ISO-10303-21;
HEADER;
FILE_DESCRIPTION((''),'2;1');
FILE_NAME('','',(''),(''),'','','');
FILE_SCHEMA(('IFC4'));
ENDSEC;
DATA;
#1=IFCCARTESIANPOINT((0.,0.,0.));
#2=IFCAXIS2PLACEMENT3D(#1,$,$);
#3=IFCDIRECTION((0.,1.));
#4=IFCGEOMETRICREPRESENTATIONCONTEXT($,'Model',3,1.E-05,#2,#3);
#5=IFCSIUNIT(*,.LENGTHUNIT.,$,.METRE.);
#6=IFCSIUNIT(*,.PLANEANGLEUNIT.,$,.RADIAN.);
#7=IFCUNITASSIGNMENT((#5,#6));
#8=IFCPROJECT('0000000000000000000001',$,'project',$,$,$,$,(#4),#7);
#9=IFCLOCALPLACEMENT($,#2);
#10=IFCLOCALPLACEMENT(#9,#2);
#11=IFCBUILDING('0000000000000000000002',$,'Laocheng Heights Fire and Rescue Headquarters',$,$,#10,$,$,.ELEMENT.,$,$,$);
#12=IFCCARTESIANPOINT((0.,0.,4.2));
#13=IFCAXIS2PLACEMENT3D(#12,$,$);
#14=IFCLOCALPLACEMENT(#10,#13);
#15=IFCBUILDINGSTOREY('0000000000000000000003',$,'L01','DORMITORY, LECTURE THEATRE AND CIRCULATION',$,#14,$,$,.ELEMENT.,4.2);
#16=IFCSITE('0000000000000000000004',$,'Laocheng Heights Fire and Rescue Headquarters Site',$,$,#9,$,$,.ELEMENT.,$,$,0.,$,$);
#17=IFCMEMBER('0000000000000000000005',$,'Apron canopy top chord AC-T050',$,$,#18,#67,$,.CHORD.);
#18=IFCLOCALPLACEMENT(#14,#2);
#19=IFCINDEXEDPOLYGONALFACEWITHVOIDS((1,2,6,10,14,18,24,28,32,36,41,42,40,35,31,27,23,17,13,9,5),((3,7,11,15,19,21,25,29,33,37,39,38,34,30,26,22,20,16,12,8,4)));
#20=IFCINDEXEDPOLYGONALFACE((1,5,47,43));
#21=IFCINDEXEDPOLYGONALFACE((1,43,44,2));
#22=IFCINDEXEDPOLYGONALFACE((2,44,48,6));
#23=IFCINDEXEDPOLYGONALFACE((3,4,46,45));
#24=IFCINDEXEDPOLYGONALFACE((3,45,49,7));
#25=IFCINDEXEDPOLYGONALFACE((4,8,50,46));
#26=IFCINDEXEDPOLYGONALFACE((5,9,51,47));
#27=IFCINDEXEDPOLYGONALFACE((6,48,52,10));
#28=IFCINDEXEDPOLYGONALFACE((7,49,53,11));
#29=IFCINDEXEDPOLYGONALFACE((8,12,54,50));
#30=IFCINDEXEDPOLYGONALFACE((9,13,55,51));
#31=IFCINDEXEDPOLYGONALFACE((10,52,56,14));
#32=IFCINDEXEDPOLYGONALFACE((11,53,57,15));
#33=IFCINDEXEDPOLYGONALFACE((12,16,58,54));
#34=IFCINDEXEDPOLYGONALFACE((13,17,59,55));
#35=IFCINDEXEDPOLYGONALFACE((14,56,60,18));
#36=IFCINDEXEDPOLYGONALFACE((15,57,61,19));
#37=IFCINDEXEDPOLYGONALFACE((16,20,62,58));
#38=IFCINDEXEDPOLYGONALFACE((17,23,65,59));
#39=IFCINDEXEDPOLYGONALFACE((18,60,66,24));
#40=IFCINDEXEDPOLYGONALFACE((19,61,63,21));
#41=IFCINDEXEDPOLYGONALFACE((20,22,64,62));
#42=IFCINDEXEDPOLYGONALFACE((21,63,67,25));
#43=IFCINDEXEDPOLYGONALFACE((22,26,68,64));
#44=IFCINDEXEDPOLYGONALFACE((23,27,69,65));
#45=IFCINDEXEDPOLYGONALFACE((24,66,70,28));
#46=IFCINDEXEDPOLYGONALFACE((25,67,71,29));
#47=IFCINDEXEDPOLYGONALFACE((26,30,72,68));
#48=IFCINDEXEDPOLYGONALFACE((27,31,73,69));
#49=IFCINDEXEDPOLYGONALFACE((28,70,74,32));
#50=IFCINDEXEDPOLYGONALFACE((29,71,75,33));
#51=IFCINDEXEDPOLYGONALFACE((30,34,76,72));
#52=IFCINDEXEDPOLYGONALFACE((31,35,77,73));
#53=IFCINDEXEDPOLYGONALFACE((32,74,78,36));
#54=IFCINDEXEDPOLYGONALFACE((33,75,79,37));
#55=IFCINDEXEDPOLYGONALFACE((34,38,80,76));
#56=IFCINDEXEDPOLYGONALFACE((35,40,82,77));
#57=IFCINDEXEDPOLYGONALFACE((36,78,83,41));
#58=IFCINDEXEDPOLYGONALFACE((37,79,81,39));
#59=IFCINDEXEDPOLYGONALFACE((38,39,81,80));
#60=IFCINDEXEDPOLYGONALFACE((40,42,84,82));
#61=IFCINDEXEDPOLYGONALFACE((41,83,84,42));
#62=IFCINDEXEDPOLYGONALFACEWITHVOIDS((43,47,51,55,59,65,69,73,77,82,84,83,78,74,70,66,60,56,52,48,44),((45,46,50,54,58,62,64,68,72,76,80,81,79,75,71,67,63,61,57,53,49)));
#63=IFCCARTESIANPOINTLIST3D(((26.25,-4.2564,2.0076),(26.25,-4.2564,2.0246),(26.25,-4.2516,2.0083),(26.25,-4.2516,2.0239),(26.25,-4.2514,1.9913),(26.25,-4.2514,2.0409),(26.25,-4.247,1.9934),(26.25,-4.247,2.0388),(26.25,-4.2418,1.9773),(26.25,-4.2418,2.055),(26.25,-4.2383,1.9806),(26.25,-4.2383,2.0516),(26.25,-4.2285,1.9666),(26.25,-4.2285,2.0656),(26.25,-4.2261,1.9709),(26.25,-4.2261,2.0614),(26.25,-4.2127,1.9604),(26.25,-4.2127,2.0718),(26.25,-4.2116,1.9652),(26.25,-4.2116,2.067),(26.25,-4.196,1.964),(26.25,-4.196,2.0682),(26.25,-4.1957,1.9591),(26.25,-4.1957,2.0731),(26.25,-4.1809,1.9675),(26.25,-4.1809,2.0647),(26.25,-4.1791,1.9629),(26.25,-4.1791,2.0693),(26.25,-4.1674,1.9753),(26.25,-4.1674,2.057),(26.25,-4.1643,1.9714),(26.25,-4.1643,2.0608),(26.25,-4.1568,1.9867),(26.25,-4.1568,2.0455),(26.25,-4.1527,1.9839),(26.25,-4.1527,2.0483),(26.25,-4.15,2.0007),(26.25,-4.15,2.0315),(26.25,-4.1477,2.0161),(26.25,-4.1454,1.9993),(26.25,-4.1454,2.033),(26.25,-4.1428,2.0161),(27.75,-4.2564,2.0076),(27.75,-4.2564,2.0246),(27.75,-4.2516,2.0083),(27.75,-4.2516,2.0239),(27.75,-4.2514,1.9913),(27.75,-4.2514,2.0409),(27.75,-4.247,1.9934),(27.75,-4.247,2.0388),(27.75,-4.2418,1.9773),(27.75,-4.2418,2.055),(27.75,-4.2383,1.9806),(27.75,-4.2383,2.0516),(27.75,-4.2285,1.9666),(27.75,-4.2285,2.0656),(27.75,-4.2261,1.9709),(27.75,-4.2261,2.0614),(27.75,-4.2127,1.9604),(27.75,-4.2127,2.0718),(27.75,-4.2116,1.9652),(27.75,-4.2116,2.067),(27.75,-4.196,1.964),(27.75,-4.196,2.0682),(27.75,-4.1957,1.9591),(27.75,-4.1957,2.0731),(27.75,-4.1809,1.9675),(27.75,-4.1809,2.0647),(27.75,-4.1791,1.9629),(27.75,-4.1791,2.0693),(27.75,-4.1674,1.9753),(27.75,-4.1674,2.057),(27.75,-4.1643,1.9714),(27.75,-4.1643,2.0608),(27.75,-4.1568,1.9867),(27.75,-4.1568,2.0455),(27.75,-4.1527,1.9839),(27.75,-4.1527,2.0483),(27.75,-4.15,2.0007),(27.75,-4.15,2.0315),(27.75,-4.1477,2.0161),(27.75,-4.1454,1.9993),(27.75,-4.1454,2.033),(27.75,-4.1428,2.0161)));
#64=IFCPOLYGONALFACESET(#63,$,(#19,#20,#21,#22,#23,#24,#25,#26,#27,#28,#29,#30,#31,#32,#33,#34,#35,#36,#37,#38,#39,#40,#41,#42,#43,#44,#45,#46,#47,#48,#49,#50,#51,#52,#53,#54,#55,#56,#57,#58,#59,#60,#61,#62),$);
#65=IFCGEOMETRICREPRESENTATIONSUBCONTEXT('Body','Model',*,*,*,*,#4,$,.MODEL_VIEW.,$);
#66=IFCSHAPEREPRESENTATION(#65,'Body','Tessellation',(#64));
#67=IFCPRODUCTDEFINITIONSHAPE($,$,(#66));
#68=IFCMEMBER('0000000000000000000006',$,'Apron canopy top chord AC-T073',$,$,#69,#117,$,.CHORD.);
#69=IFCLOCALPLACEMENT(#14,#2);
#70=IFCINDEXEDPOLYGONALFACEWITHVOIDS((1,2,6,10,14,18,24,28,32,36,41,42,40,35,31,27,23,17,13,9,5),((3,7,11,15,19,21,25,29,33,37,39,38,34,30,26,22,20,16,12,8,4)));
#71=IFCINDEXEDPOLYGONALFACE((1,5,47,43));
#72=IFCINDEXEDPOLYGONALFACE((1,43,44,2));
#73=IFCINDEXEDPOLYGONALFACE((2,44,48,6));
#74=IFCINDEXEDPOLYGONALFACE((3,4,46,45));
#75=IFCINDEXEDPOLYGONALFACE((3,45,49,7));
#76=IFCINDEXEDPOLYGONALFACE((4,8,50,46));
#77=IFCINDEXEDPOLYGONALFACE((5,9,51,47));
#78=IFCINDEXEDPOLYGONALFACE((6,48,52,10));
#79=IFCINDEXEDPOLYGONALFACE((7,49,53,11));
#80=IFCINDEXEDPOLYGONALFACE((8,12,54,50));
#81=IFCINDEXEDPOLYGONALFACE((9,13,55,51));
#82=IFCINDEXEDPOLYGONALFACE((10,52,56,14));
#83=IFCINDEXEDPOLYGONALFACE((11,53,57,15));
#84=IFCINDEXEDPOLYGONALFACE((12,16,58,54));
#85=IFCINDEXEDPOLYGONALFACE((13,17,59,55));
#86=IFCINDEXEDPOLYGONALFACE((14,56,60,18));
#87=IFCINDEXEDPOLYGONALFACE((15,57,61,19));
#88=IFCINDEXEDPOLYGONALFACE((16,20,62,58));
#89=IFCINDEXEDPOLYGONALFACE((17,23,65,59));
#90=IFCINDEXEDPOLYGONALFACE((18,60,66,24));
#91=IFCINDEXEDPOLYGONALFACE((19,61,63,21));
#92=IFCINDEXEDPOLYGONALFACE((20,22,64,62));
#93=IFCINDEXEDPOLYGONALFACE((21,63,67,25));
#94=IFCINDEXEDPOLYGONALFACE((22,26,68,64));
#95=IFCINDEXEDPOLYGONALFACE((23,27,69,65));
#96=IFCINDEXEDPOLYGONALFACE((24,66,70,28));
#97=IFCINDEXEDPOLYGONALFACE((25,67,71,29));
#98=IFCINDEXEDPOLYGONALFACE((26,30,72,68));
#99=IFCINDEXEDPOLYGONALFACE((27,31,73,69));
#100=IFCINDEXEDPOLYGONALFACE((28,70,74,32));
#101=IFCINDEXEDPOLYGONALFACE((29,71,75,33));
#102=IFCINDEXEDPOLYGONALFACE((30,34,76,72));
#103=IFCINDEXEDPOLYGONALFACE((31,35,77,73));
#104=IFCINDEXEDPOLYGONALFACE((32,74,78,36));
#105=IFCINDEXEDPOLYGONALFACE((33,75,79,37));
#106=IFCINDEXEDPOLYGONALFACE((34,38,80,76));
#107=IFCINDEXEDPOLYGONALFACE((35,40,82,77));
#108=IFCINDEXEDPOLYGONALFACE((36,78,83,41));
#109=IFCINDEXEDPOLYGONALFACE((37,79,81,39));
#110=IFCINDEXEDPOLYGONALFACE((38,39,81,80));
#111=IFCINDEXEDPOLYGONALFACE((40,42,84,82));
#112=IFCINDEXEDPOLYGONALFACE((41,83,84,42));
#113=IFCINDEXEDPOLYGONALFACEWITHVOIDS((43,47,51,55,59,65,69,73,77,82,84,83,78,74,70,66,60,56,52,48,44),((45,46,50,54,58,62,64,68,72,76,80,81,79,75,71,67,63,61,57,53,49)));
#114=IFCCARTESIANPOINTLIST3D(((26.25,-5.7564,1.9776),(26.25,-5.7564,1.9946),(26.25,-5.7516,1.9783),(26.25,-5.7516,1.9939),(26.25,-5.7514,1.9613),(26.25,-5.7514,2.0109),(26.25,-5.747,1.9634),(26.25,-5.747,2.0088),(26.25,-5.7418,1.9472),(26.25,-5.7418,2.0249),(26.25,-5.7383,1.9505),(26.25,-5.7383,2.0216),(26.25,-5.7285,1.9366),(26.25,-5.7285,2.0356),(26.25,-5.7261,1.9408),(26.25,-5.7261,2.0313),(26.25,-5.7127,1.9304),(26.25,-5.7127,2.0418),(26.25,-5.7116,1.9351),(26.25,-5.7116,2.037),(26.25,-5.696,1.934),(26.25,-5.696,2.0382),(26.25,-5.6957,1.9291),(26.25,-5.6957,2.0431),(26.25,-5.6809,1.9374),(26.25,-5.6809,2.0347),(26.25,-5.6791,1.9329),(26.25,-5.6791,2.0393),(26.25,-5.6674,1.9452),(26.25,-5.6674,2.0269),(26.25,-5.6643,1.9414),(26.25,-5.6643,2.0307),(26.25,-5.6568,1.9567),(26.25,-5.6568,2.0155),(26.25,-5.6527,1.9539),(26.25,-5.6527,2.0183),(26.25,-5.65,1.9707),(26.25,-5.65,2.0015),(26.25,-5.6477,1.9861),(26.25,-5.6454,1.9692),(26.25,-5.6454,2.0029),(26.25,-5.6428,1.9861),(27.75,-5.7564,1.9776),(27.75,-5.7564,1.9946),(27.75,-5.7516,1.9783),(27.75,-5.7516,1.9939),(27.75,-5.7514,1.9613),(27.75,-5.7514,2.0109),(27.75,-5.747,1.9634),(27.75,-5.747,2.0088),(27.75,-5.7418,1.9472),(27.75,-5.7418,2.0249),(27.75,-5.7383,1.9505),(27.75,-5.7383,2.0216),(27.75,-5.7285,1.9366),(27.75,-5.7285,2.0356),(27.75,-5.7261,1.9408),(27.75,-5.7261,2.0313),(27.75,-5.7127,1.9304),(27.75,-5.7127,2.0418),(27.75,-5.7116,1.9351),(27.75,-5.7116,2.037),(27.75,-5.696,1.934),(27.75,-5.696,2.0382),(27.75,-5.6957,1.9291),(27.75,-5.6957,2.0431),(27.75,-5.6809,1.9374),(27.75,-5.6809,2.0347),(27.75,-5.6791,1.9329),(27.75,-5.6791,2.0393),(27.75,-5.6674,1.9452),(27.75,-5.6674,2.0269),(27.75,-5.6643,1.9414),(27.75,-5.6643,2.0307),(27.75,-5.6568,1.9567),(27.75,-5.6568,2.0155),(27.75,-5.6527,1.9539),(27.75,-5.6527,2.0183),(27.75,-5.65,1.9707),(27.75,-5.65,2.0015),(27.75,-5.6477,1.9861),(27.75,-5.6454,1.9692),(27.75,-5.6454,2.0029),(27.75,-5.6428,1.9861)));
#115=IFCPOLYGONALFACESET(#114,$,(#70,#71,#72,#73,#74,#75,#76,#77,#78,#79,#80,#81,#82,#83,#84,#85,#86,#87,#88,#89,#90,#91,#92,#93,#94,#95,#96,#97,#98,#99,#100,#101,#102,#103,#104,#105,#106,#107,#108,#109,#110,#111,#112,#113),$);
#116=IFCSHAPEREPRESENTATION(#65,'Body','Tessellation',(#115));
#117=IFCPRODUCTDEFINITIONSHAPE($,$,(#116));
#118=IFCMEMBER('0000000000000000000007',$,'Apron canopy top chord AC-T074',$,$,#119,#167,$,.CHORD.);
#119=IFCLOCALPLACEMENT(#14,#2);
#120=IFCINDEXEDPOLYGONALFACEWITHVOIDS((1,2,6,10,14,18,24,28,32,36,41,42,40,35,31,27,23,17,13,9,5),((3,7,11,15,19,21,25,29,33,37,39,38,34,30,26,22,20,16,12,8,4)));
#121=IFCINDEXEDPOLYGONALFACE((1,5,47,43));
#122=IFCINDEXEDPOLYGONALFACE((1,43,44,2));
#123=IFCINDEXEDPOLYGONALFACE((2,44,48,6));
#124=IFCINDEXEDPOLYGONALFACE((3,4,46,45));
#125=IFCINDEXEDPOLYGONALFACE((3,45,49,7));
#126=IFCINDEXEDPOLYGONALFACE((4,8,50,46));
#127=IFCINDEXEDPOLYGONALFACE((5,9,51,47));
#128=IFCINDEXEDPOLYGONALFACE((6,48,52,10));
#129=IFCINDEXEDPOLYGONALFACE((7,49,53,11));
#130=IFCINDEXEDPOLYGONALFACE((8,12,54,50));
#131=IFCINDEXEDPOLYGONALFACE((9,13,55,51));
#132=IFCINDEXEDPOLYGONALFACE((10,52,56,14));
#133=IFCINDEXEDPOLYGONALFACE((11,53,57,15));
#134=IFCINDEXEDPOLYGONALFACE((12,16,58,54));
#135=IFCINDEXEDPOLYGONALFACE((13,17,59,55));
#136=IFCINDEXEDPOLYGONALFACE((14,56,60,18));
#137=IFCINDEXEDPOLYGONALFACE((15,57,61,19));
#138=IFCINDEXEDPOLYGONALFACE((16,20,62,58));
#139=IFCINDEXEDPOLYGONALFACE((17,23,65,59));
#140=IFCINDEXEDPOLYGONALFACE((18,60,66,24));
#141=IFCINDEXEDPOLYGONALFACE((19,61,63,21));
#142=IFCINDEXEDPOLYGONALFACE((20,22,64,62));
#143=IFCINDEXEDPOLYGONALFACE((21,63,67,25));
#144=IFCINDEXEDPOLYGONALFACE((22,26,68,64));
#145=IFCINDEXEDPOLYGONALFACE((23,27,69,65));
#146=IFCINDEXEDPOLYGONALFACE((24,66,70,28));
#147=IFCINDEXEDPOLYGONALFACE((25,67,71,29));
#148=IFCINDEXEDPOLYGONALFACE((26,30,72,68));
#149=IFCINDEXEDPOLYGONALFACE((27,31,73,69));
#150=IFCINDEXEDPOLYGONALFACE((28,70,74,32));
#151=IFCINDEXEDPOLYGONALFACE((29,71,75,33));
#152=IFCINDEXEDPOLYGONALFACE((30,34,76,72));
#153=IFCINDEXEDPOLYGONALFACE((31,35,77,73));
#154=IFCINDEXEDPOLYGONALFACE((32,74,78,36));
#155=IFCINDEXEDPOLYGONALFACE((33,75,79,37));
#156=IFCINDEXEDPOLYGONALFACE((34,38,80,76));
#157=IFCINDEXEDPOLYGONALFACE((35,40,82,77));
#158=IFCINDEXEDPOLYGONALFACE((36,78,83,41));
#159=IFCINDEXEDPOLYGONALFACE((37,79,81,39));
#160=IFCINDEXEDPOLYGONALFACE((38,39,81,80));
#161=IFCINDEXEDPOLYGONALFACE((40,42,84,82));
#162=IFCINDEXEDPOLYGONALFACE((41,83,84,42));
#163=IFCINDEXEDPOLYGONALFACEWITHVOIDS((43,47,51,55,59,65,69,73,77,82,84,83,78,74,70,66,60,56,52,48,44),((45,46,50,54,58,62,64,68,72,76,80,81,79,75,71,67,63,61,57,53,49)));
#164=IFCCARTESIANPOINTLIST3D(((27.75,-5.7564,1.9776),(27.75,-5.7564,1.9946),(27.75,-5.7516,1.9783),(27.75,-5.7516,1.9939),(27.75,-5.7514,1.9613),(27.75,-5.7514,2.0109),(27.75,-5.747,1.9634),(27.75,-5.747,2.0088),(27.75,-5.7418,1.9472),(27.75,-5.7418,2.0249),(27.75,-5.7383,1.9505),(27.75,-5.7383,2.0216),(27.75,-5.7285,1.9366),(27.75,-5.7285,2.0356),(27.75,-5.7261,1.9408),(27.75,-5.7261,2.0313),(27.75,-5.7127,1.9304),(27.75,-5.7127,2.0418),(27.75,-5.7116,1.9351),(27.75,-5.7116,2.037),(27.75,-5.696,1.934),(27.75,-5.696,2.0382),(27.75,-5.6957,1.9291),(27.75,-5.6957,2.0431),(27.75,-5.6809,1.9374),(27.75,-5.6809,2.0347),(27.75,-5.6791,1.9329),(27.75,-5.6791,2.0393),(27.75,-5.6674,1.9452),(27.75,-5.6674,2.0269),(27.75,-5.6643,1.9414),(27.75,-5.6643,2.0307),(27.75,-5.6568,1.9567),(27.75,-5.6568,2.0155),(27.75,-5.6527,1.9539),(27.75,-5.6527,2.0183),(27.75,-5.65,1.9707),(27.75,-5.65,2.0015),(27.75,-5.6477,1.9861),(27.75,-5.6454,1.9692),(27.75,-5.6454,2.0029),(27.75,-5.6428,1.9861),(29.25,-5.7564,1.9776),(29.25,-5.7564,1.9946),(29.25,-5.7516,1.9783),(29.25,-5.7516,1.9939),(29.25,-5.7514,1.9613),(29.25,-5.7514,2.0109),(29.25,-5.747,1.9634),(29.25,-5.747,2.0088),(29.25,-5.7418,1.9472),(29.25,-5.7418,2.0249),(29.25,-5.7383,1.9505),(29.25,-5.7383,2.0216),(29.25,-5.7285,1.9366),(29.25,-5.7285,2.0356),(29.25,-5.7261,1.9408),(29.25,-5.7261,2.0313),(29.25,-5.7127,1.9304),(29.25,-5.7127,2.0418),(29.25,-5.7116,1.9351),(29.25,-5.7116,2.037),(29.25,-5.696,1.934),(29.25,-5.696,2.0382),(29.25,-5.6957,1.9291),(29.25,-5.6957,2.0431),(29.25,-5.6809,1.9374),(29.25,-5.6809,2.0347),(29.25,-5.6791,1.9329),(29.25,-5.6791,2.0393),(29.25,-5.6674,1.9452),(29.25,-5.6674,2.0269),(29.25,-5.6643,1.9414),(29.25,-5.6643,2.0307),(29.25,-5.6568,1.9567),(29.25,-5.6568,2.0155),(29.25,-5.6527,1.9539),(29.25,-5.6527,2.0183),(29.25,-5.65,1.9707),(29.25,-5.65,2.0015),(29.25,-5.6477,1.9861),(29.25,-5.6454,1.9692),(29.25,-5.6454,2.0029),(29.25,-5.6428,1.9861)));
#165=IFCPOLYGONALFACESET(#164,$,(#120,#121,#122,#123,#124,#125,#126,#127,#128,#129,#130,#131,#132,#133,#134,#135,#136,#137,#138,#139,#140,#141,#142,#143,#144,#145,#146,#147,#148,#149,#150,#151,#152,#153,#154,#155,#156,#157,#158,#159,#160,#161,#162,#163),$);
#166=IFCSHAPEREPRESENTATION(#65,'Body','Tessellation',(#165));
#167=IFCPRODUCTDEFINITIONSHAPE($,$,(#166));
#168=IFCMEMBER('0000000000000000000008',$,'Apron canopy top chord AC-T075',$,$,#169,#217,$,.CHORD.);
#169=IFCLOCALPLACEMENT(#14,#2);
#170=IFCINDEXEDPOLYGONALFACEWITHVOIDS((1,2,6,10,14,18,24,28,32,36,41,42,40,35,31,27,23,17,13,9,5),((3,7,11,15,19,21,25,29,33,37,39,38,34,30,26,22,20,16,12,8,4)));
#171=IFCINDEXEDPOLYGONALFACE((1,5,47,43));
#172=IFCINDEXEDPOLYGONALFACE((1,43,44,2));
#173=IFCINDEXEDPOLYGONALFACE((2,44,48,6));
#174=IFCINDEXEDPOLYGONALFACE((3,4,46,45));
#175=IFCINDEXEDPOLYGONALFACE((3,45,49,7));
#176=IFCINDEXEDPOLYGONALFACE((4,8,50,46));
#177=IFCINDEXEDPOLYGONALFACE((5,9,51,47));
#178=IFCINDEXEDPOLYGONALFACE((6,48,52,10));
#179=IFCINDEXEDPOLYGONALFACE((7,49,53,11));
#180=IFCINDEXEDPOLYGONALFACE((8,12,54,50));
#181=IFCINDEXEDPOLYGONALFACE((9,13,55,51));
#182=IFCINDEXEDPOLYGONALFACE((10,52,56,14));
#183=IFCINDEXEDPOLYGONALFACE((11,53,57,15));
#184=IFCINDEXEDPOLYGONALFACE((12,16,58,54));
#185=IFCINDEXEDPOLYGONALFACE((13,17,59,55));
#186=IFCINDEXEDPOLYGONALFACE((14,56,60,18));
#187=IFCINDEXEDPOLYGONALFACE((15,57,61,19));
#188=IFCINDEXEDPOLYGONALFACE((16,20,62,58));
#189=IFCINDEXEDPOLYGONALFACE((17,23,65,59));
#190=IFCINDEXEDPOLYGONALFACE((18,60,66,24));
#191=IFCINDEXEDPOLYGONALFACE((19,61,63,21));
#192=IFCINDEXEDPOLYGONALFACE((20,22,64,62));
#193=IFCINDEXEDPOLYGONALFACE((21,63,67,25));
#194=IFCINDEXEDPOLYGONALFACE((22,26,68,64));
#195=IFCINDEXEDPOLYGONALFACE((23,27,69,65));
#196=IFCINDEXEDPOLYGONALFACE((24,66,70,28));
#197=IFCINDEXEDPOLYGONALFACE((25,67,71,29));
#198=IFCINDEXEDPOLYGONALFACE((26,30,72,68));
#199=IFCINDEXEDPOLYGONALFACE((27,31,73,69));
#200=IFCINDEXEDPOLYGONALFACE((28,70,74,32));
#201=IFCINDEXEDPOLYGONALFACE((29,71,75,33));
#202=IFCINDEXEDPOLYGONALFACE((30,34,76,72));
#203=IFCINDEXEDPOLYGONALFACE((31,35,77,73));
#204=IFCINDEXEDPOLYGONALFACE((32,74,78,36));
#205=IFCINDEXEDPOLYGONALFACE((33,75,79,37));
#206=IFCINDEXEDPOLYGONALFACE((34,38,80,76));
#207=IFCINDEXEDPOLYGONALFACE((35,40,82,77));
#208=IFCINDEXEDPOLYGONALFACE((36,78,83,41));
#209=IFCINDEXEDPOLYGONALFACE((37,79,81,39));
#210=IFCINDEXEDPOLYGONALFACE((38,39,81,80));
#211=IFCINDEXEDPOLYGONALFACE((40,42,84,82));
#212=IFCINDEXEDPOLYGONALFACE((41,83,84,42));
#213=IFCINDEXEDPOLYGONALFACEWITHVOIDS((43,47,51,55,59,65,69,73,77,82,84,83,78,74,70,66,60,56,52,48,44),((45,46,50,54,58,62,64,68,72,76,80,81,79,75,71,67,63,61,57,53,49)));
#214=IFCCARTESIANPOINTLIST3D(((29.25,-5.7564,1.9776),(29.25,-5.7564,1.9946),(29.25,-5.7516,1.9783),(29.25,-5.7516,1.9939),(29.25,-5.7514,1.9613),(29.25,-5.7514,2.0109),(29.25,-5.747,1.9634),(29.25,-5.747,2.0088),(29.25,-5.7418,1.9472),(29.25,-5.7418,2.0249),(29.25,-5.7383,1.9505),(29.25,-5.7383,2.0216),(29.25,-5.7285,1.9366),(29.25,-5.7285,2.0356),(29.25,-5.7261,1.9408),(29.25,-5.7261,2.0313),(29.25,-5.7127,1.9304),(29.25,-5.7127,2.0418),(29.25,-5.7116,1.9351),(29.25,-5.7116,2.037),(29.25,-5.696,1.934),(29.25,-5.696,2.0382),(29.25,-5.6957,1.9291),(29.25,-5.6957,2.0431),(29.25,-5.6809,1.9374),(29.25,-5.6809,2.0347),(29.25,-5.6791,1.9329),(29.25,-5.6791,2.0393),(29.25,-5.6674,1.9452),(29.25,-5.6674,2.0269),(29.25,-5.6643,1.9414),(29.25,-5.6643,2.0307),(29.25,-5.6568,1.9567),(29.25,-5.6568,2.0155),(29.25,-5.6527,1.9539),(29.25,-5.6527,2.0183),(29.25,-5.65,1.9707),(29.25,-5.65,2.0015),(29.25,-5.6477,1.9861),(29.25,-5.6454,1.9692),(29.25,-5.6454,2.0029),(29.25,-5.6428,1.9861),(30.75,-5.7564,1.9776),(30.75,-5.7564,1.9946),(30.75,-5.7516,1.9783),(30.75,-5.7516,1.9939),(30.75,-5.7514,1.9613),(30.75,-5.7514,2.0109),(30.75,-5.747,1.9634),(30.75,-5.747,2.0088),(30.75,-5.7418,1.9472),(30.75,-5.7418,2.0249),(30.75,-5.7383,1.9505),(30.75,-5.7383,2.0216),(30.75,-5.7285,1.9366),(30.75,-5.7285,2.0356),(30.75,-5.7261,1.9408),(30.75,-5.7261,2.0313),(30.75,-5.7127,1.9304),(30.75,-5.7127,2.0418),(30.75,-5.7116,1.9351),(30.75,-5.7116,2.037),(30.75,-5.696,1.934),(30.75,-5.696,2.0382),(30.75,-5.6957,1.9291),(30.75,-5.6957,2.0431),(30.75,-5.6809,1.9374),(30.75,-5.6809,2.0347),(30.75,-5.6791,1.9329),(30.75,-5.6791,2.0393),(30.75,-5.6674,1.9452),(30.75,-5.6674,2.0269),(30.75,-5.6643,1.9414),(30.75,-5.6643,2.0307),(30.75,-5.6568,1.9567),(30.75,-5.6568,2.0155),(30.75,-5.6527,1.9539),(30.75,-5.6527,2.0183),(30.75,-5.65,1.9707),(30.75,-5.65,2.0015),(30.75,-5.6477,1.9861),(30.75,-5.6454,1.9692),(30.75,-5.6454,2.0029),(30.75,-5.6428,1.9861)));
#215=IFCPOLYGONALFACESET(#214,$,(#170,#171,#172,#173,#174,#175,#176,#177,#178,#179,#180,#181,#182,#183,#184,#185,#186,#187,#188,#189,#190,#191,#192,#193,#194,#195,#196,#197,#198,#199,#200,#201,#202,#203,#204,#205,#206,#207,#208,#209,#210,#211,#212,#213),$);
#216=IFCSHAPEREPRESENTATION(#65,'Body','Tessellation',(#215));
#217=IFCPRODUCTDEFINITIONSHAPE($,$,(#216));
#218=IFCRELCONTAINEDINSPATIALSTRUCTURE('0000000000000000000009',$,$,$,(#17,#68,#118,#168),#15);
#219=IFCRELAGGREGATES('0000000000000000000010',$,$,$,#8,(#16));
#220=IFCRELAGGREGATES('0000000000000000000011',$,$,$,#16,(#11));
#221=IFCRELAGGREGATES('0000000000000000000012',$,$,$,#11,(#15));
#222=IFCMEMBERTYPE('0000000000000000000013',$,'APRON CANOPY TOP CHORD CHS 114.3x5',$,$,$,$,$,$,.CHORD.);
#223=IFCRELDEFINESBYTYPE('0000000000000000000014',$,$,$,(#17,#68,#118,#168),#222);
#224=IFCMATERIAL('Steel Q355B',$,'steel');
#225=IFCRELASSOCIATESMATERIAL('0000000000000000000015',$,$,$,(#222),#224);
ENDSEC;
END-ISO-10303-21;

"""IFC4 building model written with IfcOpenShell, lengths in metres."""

from ifc_helpers import new_model, si_unit, direction, frame, origin, origin_2d, place, context, subcontext, project, spatial, hollow_circle, extrude, material, material_profile, profile_set, type_object, element, save


model = new_model("IFC4")

# Units and contexts
model_context = context("Model", 3, precision=1e-05, world=origin(), true_north=direction((0.0, 1.0)))
body_context = subcontext(model_context, "Body", "Model", "MODEL_VIEW")
ifc_project = project(units=[si_unit("LENGTHUNIT", "METRE"), si_unit("PLANEANGLEUNIT", "RADIAN")], contexts=[model_context])

# Site, building, storey
site_placement = place(None, origin())
site = spatial("IfcSite", under=ifc_project, at=site_placement, Name="Laocheng Heights Fire and Rescue Headquarters Site", CompositionType="ELEMENT", RefElevation=0.0)
building_placement = place(site_placement, origin())
building = spatial("IfcBuilding", under=site, at=building_placement, Name="Laocheng Heights Fire and Rescue Headquarters", CompositionType="ELEMENT")
storey_placement = place(building_placement, frame((0.0, 0.0, 4.2)))
storey = spatial("IfcBuildingStorey", under=building, at=storey_placement, Name="L01", Description="DORMITORY, LECTURE THEATRE AND CIRCULATION", CompositionType="ELEMENT", Elevation=4.2)

# Members
ifc_material_1 = material(Name="Steel Q355B", Category="steel")
ifc_material_profile_1 = material_profile(ifc_material_1, hollow_circle(Radius=0.0571, WallThickness=0.0049, at=origin_2d()), Name="CHS 114.3x5")
ifc_profile_set_1 = profile_set([ifc_material_profile_1], Name="Steel Q355B")
member_type = type_object("IfcMemberType", Name="APRON CANOPY TOP CHORD CHS 114.3x5", PredefinedType="CHORD", material=ifc_profile_set_1)
for number, where, z_axis, x_axis, name in (
    (1, (26.25, -4.2, 2.0161), (1.0, 0.0, 0.0), (0.0, 1.0, 0.0), "Apron canopy top chord AC-T050"),
    (2, (26.25, -5.7, 1.9861), (1.0, 0.0, 0.0), (0.0, 1.0, 0.0), "Apron canopy top chord AC-T073"),
    (3, (27.75, -5.7, 1.9861), (1.0, 0.0, 0.0), (0.0, 1.0, 0.0), "Apron canopy top chord AC-T074"),
    (4, (29.25, -5.7, 1.9861), (1.0, 0.0, 0.0), (0.0, 1.0, 0.0), "Apron canopy top chord AC-T075"),
):
    element("IfcMember", number, at=place(storey_placement, frame(where, z_axis=z_axis, x_axis=x_axis)), inside=storey, type_object=member_type, Name=name, PredefinedType="CHORD", context=body_context, shape_type="SweptSolid", body=[
        extrude(hollow_circle(Radius=0.0571, WallThickness=0.0049, at=origin_2d()), origin(), (0.0, 0.0, 1.0), 1.5),
    ])

save(model, "model.ifc")
